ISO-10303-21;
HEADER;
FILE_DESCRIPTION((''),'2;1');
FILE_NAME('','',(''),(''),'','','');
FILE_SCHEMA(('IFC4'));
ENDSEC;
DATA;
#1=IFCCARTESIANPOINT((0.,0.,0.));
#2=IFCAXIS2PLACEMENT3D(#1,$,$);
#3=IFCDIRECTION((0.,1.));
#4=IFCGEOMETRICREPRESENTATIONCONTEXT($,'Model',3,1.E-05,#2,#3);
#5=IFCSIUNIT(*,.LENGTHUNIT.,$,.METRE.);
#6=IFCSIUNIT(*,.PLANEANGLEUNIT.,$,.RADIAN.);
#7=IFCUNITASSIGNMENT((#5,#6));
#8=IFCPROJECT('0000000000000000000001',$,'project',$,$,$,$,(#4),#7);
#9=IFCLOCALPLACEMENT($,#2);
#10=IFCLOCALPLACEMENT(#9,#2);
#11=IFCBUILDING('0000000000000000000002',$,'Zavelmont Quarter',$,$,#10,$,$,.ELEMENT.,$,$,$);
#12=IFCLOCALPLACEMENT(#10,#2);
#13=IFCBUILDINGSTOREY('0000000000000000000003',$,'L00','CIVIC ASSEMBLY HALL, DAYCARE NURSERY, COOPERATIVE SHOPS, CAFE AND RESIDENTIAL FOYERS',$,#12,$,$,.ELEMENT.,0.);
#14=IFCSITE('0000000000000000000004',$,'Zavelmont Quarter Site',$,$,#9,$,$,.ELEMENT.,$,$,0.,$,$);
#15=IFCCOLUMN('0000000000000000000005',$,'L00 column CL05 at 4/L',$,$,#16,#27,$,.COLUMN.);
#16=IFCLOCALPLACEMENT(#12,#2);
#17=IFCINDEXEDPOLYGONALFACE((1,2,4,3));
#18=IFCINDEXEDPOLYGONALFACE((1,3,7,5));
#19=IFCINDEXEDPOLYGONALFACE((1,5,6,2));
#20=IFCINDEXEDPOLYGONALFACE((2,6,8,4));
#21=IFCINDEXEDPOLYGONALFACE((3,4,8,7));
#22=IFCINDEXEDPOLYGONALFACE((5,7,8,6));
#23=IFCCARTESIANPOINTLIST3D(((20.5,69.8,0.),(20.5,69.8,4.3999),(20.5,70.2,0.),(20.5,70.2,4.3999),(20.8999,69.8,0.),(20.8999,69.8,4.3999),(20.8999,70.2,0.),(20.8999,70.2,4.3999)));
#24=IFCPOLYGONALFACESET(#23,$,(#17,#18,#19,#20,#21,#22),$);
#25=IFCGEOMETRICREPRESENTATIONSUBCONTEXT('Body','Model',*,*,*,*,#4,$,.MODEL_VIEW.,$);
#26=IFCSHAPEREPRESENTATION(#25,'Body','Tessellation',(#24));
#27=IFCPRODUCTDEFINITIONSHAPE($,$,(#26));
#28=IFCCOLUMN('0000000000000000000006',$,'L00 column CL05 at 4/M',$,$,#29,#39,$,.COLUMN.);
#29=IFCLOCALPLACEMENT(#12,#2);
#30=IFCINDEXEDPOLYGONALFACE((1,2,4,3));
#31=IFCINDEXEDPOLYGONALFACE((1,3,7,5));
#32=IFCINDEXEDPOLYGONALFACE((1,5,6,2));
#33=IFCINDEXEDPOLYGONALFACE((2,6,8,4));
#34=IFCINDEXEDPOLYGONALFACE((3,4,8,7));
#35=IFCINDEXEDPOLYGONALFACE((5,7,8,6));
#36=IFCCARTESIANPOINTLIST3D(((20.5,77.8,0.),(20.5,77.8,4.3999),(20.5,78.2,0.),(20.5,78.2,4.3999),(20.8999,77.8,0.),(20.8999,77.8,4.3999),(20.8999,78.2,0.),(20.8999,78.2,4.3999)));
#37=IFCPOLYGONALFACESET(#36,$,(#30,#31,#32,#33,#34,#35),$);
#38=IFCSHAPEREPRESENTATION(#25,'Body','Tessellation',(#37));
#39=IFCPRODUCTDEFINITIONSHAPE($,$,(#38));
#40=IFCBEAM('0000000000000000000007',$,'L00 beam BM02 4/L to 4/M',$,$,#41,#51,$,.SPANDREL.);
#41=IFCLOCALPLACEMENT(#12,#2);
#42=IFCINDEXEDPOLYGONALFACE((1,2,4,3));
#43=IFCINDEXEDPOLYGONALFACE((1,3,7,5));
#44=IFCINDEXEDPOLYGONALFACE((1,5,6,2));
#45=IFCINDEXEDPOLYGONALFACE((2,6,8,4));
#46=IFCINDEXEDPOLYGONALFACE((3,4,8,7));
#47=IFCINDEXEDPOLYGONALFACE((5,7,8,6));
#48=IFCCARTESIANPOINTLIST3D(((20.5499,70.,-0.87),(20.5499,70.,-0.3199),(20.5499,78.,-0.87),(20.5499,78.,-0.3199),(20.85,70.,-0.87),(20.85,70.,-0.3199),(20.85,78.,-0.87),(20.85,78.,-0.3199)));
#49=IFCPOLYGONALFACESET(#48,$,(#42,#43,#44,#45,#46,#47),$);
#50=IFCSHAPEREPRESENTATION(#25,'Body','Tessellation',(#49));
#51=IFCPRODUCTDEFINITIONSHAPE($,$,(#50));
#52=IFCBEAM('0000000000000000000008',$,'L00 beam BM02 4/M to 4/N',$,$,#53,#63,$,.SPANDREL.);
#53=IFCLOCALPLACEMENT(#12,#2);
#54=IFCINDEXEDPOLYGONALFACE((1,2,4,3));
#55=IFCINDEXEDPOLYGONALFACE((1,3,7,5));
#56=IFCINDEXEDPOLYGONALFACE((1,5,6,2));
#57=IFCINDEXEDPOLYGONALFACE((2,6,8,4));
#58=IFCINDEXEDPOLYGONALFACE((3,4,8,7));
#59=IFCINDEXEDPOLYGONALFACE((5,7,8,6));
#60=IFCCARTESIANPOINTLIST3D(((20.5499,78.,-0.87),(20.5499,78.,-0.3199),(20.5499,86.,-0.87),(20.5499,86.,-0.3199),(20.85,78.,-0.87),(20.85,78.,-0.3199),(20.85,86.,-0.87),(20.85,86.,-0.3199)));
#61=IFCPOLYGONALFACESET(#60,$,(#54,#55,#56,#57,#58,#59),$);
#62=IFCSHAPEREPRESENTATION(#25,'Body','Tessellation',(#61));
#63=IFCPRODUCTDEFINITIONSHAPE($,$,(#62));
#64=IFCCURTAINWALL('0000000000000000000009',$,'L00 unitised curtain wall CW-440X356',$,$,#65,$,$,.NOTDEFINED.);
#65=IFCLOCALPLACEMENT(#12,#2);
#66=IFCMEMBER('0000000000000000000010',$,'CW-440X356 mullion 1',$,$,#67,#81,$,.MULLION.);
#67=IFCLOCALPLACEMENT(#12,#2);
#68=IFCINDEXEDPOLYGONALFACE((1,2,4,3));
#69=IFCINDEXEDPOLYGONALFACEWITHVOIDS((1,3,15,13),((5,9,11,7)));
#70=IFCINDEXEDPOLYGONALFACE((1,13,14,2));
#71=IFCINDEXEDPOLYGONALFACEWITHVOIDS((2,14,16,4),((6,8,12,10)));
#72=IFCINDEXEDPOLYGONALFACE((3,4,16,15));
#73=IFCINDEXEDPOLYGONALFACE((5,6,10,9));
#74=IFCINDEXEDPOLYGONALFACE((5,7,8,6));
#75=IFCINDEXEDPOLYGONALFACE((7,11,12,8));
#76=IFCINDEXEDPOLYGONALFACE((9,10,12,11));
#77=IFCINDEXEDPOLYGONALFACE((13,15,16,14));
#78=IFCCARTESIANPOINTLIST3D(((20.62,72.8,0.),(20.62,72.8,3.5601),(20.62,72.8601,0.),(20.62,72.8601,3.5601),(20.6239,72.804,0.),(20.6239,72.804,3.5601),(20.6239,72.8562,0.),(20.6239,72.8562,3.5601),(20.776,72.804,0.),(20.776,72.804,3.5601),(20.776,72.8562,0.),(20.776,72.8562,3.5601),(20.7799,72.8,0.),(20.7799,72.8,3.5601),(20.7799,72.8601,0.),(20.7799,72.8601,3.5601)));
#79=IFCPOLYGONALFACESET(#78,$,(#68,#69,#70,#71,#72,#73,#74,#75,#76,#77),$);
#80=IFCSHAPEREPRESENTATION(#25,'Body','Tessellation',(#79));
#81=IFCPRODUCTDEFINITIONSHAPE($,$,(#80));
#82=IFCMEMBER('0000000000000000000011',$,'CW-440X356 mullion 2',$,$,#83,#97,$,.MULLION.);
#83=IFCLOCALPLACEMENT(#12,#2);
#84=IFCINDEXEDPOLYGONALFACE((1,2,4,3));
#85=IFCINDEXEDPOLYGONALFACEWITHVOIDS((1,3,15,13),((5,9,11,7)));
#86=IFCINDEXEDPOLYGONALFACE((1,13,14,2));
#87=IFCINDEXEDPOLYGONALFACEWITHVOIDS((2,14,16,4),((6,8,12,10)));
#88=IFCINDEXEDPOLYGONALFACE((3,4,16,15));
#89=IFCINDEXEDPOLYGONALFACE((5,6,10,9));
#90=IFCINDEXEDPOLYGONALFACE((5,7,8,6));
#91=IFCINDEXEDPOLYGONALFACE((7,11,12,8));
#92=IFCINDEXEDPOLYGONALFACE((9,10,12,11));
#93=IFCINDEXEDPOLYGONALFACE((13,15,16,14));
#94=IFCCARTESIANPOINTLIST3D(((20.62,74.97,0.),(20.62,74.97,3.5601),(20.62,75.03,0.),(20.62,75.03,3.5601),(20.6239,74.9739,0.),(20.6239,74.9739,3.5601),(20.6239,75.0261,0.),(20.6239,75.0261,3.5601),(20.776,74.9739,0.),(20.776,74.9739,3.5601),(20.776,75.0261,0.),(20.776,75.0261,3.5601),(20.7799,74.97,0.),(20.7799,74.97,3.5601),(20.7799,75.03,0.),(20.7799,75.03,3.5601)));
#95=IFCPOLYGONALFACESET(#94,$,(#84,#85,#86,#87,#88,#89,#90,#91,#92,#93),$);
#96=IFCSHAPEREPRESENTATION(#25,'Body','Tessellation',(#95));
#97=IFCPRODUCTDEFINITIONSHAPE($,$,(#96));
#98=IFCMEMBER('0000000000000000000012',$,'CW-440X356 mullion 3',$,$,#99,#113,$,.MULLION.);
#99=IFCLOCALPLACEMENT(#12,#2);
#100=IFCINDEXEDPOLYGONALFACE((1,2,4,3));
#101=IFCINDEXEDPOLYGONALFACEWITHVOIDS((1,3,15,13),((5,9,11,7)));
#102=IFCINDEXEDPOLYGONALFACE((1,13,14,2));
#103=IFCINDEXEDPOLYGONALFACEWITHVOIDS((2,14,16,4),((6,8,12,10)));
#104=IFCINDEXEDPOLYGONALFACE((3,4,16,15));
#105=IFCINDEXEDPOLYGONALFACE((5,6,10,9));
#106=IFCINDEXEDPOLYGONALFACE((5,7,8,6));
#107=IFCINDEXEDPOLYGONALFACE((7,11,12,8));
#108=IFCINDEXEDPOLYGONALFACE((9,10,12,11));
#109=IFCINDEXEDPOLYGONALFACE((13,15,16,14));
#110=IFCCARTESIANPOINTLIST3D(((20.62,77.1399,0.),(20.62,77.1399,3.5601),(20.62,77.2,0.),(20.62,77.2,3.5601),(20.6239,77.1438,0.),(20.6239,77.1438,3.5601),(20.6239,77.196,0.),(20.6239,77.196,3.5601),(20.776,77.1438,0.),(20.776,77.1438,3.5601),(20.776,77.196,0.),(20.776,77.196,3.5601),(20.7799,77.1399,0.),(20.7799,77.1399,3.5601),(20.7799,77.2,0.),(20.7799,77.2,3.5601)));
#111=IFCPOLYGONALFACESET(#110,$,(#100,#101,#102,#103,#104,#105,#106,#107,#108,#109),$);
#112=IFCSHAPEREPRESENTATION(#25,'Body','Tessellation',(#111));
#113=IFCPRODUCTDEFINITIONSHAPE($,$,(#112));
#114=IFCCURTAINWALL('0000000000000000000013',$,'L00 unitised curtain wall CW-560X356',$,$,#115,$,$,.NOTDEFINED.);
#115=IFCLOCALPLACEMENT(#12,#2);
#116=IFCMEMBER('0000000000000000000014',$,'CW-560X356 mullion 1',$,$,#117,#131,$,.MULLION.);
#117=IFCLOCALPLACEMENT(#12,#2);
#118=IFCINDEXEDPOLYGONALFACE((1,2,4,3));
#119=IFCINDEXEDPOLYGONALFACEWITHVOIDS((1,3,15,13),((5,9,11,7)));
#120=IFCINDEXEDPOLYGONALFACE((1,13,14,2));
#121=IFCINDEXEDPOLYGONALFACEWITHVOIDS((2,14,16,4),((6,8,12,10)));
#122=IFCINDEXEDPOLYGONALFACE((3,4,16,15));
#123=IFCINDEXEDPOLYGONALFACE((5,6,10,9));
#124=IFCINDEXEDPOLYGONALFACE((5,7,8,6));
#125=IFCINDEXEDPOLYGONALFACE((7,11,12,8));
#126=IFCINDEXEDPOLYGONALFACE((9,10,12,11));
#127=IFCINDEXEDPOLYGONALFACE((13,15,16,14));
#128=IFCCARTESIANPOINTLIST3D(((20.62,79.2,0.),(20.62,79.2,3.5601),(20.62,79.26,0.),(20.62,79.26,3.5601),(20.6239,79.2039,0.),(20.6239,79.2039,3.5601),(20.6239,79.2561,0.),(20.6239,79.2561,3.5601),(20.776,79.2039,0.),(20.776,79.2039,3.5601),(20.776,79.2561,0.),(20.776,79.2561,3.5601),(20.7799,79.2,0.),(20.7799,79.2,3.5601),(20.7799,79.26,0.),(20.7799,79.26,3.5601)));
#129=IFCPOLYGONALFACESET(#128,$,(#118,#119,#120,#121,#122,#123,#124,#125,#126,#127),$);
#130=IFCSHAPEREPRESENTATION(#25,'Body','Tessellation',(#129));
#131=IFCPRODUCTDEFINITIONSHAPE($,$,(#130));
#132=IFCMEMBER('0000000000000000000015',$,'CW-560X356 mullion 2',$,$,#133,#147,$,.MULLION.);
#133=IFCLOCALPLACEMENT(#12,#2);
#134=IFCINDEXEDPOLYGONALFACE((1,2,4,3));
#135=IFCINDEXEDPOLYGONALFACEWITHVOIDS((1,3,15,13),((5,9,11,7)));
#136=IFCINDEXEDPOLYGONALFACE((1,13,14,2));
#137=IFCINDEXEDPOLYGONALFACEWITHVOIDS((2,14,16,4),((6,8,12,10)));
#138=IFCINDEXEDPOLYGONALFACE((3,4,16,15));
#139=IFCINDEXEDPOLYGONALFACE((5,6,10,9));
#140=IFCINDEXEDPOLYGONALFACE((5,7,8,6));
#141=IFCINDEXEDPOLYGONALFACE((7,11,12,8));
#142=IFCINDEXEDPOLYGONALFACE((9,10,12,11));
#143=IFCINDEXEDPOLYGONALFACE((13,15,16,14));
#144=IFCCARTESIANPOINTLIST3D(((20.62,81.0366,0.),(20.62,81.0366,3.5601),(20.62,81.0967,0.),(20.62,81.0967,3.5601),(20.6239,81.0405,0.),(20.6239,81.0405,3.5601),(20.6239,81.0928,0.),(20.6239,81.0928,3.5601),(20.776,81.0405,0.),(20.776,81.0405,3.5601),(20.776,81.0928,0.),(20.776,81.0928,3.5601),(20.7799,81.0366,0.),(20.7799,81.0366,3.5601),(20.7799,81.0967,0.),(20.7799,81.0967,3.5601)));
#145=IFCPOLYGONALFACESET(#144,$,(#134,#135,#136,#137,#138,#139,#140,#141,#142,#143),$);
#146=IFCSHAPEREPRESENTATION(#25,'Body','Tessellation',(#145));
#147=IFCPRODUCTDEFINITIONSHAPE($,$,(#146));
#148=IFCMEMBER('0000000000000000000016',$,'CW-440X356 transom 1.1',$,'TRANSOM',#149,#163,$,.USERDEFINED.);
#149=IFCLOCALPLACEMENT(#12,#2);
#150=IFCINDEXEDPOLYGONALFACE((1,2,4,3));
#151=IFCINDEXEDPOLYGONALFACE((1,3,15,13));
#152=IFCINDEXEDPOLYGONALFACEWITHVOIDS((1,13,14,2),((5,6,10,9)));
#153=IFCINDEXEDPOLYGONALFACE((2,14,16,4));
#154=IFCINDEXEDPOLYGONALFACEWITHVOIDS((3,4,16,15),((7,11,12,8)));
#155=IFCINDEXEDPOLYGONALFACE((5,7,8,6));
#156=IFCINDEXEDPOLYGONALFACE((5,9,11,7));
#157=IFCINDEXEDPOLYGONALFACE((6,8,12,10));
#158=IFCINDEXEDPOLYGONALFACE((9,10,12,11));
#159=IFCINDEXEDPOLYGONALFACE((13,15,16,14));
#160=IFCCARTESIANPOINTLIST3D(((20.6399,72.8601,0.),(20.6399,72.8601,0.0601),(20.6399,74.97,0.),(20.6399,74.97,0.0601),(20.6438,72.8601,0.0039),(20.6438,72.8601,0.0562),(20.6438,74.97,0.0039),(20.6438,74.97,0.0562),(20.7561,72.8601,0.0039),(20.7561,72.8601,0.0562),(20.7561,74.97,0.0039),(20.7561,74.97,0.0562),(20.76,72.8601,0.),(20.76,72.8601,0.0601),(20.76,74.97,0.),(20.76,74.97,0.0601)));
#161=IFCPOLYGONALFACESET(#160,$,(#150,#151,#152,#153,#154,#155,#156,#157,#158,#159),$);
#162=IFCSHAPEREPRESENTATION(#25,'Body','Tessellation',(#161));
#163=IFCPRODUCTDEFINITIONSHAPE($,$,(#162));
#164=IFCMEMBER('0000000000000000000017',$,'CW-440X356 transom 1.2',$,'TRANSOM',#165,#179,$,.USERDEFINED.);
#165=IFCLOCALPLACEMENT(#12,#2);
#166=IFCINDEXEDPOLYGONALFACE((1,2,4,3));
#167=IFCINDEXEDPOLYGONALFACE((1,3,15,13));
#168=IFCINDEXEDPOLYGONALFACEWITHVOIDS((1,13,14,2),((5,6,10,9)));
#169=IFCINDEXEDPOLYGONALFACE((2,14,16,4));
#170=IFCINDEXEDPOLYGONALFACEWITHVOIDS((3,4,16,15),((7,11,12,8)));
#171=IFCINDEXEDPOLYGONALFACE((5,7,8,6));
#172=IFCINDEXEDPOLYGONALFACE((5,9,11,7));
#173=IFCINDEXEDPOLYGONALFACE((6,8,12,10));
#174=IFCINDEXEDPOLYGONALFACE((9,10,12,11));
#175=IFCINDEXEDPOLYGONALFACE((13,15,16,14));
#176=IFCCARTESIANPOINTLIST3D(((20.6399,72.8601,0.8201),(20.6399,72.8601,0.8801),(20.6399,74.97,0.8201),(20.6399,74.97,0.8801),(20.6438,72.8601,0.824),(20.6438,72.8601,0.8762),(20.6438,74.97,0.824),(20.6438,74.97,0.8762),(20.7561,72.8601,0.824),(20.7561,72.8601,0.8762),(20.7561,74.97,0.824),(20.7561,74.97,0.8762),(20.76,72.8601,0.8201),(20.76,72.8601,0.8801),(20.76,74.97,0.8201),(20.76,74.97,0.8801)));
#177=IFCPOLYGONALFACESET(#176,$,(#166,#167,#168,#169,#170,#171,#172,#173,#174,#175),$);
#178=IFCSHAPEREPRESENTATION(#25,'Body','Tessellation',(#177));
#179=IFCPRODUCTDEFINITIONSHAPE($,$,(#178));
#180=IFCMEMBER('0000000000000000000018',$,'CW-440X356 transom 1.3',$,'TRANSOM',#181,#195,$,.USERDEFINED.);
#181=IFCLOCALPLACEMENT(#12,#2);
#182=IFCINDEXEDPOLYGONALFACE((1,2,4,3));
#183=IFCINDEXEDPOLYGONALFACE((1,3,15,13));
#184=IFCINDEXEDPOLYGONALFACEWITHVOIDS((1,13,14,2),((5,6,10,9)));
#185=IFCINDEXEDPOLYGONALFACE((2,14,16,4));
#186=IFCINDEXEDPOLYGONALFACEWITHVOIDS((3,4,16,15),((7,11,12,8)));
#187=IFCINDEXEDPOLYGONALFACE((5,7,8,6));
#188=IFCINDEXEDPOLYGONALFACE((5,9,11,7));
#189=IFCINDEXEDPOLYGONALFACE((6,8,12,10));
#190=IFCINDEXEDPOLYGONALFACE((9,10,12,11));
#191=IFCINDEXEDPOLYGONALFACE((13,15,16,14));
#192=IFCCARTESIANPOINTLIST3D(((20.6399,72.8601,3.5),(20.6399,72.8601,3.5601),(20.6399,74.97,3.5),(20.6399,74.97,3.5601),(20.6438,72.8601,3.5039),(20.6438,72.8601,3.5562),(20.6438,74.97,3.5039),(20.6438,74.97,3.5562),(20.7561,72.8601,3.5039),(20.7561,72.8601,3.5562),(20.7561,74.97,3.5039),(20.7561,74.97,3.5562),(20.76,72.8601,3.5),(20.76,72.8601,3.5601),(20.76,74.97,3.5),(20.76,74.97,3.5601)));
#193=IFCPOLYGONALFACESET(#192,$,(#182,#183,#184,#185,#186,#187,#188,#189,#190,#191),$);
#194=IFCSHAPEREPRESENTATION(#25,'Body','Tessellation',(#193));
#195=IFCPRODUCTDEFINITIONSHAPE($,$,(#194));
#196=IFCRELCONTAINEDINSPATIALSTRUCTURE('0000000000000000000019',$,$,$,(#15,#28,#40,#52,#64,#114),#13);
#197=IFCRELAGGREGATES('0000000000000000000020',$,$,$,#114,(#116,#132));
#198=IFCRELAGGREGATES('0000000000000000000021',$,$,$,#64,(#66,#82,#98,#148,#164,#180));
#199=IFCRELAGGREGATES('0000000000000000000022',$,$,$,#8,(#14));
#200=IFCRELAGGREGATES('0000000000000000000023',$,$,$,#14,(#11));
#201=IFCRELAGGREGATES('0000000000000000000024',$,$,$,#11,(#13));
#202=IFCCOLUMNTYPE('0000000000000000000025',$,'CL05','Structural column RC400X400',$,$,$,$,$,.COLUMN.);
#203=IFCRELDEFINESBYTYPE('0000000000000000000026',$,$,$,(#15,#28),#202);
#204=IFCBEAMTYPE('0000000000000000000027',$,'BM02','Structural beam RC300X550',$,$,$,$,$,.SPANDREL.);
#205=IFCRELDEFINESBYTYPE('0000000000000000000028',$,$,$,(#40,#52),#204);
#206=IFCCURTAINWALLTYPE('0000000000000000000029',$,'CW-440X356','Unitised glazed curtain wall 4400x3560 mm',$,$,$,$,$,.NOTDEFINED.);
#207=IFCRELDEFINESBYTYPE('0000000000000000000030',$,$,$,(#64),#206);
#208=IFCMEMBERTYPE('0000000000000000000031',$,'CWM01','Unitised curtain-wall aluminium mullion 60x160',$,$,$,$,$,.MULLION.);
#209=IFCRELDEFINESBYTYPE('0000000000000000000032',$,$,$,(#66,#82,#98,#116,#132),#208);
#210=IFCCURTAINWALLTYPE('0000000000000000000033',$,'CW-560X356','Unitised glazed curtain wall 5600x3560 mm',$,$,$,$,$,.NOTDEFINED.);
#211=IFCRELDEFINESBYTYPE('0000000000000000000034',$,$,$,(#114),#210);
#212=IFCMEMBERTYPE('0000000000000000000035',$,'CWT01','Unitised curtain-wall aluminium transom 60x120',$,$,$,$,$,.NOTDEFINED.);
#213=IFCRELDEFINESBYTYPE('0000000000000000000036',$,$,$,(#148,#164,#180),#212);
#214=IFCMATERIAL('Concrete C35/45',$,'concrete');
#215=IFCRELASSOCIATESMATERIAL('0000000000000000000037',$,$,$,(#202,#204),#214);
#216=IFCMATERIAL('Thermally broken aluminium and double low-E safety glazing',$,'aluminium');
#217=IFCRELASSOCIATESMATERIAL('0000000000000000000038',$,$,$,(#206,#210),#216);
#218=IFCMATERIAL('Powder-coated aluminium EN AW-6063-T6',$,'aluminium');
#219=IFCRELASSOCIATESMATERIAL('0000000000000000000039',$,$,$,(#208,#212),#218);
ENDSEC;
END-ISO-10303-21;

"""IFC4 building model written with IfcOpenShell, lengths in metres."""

from ifc_helpers import new_model, si_unit, direction, frame, origin, origin_2d, place, context, subcontext, project, spatial, rectangle, hollow_rectangle, extrude, material, material_profile, profile_set, type_object, element, aggregate, save


model = new_model("IFC4")

# Units and contexts
model_context = context("Model", 3, precision=1e-05, world=origin(), true_north=direction((0.0, 1.0)))
body_context = subcontext(model_context, "Body", "Model", "MODEL_VIEW")
ifc_project = project(units=[si_unit("LENGTHUNIT", "METRE"), si_unit("PLANEANGLEUNIT", "RADIAN")], contexts=[model_context])

# Site, building, storey
site_placement = place(None, origin())
site = spatial("IfcSite", under=ifc_project, at=site_placement, Name="Zavelmont Quarter Site", CompositionType="ELEMENT", RefElevation=0.0)
building_placement = place(site_placement, origin())
building = spatial("IfcBuilding", under=site, at=building_placement, Name="Zavelmont Quarter", CompositionType="ELEMENT")
storey_placement = place(building_placement, origin())
storey = spatial("IfcBuildingStorey", under=building, at=storey_placement, Name="L00", Description="CIVIC ASSEMBLY HALL, DAYCARE NURSERY, COOPERATIVE SHOPS, CAFE AND RESIDENTIAL FOYERS", CompositionType="ELEMENT", Elevation=0.0)

# Columns
ifc_material_1 = material(Name="Concrete C35/45", Category="concrete")
ifc_material_profile_1 = material_profile(ifc_material_1, rectangle(XDim=0.3999, YDim=0.3999, at=origin_2d()), Name="RC400X400")
ifc_profile_set_1 = profile_set([ifc_material_profile_1], Name="Concrete C35/45")
column_type = type_object("IfcColumnType", Name="CL05", Description="Structural column RC400X400", PredefinedType="COLUMN", material=ifc_profile_set_1)
for number, where, z_axis, x_axis, name in (
    (1, (20.7, 70.0, 0.0), (0.0, 0.0, 1.0), (1.0, 0.0, 0.0), "L00 column CL05 at 4/L"),
    (2, (20.7, 78.0, 0.0), (0.0, 0.0, 1.0), (1.0, 0.0, 0.0), "L00 column CL05 at 4/M"),
):
    element("IfcColumn", number, at=place(storey_placement, frame(where, z_axis=z_axis, x_axis=x_axis)), inside=storey, type_object=column_type, Name=name, PredefinedType="COLUMN", context=body_context, shape_type="SweptSolid", body=[
        extrude(rectangle(XDim=0.3999, YDim=0.3999, at=origin_2d()), origin(), (0.0, 0.0, 1.0), 4.3999),
    ])

# Beams
ifc_material_profile_2 = material_profile(ifc_material_1, rectangle(XDim=0.3, YDim=0.55, at=origin_2d()), Name="RC300X550")
ifc_profile_set_2 = profile_set([ifc_material_profile_2], Name="Concrete C35/45")
beam_type = type_object("IfcBeamType", Name="BM02", Description="Structural beam RC300X550", PredefinedType="SPANDREL", material=ifc_profile_set_2)
for number, where, z_axis, x_axis, name in (
    (3, (20.7, 70.0, -0.595), (0.0, 1.0, 0.0), (-1.0, 0.0, 0.0), "L00 beam BM02 4/L to 4/M"),
    (4, (20.7, 78.0, -0.595), (0.0, 1.0, 0.0), (-1.0, 0.0, 0.0), "L00 beam BM02 4/M to 4/N"),
):
    element("IfcBeam", number, at=place(storey_placement, frame(where, z_axis=z_axis, x_axis=x_axis)), inside=storey, type_object=beam_type, Name=name, PredefinedType="SPANDREL", context=body_context, shape_type="SweptSolid", body=[
        extrude(rectangle(XDim=0.3, YDim=0.55, at=origin_2d()), origin(), (0.0, 0.0, 1.0), 8.0),
    ])

# Curtain walls, members
ifc_material_2 = material(Name="Thermally broken aluminium and double low-E safety glazing", Category="aluminium")
curtain_wall_type_1 = type_object("IfcCurtainWallType", Name="CW-440X356", Description="Unitised glazed curtain wall 4400x3560 mm", PredefinedType="NOTDEFINED", material=ifc_material_2)
curtain_wall_1_placement = place(storey_placement, origin())
curtain_wall_1 = element("IfcCurtainWall", 5, at=curtain_wall_1_placement, inside=storey, type_object=curtain_wall_type_1, Name="L00 unitised curtain wall CW-440X356", PredefinedType="NOTDEFINED")
ifc_material_3 = material(Name="Powder-coated aluminium EN AW-6063-T6", Category="aluminium")
ifc_material_profile_3 = material_profile(ifc_material_3, hollow_rectangle(XDim=0.0601, YDim=0.1599, WallThickness=0.0039, at=origin_2d()), Name="CWM60X160")
ifc_profile_set_3 = profile_set([ifc_material_profile_3], Name="Powder-coated aluminium EN AW-6063-T6")
member_type_1 = type_object("IfcMemberType", Name="CWM01", Description="Unitised curtain-wall aluminium mullion 60x160", PredefinedType="MULLION", material=ifc_profile_set_3)
member_1_placement = place(storey_placement, frame((20.7, 72.8301, 0.0), z_axis=(0.0, 0.0, 1.0), x_axis=(0.0, 1.0, 0.0)))
member_1 = element("IfcMember", 6, at=member_1_placement, type_object=member_type_1, Name="CW-440X356 mullion 1", PredefinedType="MULLION", context=body_context, shape_type="SweptSolid", body=[
    extrude(hollow_rectangle(XDim=0.0601, YDim=0.1599, WallThickness=0.0039, at=origin_2d()), origin(), (0.0, 0.0, 1.0), 3.5601),
])
member_2_placement = place(storey_placement, frame((20.7, 75.0, 0.0), z_axis=(0.0, 0.0, 1.0), x_axis=(0.0, 1.0, 0.0)))
member_2 = element("IfcMember", 7, at=member_2_placement, type_object=member_type_1, Name="CW-440X356 mullion 2", PredefinedType="MULLION", context=body_context, shape_type="SweptSolid", body=[
    extrude(hollow_rectangle(XDim=0.0601, YDim=0.1599, WallThickness=0.0039, at=origin_2d()), origin(), (0.0, 0.0, 1.0), 3.5601),
])
member_3_placement = place(storey_placement, frame((20.7, 77.1699, 0.0), z_axis=(0.0, 0.0, 1.0), x_axis=(0.0, 1.0, 0.0)))
member_3 = element("IfcMember", 8, at=member_3_placement, type_object=member_type_1, Name="CW-440X356 mullion 3", PredefinedType="MULLION", context=body_context, shape_type="SweptSolid", body=[
    extrude(hollow_rectangle(XDim=0.0601, YDim=0.1599, WallThickness=0.0039, at=origin_2d()), origin(), (0.0, 0.0, 1.0), 3.5601),
])
curtain_wall_type_2 = type_object("IfcCurtainWallType", Name="CW-560X356", Description="Unitised glazed curtain wall 5600x3560 mm", PredefinedType="NOTDEFINED", material=ifc_material_2)
curtain_wall_2_placement = place(storey_placement, origin())
curtain_wall_2 = element("IfcCurtainWall", 9, at=curtain_wall_2_placement, inside=storey, type_object=curtain_wall_type_2, Name="L00 unitised curtain wall CW-560X356", PredefinedType="NOTDEFINED")
member_4_placement = place(storey_placement, frame((20.7, 79.23, 0.0), z_axis=(0.0, 0.0, 1.0), x_axis=(0.0, 1.0, 0.0)))
member_4 = element("IfcMember", 10, at=member_4_placement, type_object=member_type_1, Name="CW-560X356 mullion 1", PredefinedType="MULLION", context=body_context, shape_type="SweptSolid", body=[
    extrude(hollow_rectangle(XDim=0.0601, YDim=0.1599, WallThickness=0.0039, at=origin_2d()), origin(), (0.0, 0.0, 1.0), 3.5601),
])
member_5_placement = place(storey_placement, frame((20.7, 81.0667, 0.0), z_axis=(0.0, 0.0, 1.0), x_axis=(0.0, 1.0, 0.0)))
member_5 = element("IfcMember", 11, at=member_5_placement, type_object=member_type_1, Name="CW-560X356 mullion 2", PredefinedType="MULLION", context=body_context, shape_type="SweptSolid", body=[
    extrude(hollow_rectangle(XDim=0.0601, YDim=0.1599, WallThickness=0.0039, at=origin_2d()), origin(), (0.0, 0.0, 1.0), 3.5601),
])

# Members
ifc_material_profile_4 = material_profile(ifc_material_3, hollow_rectangle(XDim=0.1201, YDim=0.0601, WallThickness=0.0039, at=origin_2d()), Name="CWT60X120")
ifc_profile_set_4 = profile_set([ifc_material_profile_4], Name="Powder-coated aluminium EN AW-6063-T6")
member_type_2 = type_object("IfcMemberType", Name="CWT01", Description="Unitised curtain-wall aluminium transom 60x120", PredefinedType="NOTDEFINED", material=ifc_profile_set_4)
member_6_placement = place(storey_placement, frame((20.7, 72.8601, 0.03), z_axis=(0.0, 1.0, 0.0), x_axis=(-1.0, 0.0, 0.0)))
member_6 = element("IfcMember", 12, at=member_6_placement, type_object=member_type_2, Name="CW-440X356 transom 1.1", ObjectType="TRANSOM", PredefinedType="USERDEFINED", context=body_context, shape_type="SweptSolid", body=[
    extrude(hollow_rectangle(XDim=0.1201, YDim=0.0601, WallThickness=0.0039, at=origin_2d()), origin(), (0.0, 0.0, 1.0), 2.1099),
])
member_7_placement = place(storey_placement, frame((20.7, 72.8601, 0.8501), z_axis=(0.0, 1.0, 0.0), x_axis=(-1.0, 0.0, 0.0)))
member_7 = element("IfcMember", 13, at=member_7_placement, type_object=member_type_2, Name="CW-440X356 transom 1.2", ObjectType="TRANSOM", PredefinedType="USERDEFINED", context=body_context, shape_type="SweptSolid", body=[
    extrude(hollow_rectangle(XDim=0.1201, YDim=0.0601, WallThickness=0.0039, at=origin_2d()), origin(), (0.0, 0.0, 1.0), 2.1099),
])
member_8_placement = place(storey_placement, frame((20.7, 72.8601, 3.53), z_axis=(0.0, 1.0, 0.0), x_axis=(-1.0, 0.0, 0.0)))
member_8 = element("IfcMember", 14, at=member_8_placement, type_object=member_type_2, Name="CW-440X356 transom 1.3", ObjectType="TRANSOM", PredefinedType="USERDEFINED", context=body_context, shape_type="SweptSolid", body=[
    extrude(hollow_rectangle(XDim=0.1201, YDim=0.0601, WallThickness=0.0039, at=origin_2d()), origin(), (0.0, 0.0, 1.0), 2.1099),
])

aggregate(curtain_wall_2, [member_4, member_5])
aggregate(curtain_wall_1, [member_1, member_2, member_3, member_6, member_7, member_8])

save(model, "model.ifc")
